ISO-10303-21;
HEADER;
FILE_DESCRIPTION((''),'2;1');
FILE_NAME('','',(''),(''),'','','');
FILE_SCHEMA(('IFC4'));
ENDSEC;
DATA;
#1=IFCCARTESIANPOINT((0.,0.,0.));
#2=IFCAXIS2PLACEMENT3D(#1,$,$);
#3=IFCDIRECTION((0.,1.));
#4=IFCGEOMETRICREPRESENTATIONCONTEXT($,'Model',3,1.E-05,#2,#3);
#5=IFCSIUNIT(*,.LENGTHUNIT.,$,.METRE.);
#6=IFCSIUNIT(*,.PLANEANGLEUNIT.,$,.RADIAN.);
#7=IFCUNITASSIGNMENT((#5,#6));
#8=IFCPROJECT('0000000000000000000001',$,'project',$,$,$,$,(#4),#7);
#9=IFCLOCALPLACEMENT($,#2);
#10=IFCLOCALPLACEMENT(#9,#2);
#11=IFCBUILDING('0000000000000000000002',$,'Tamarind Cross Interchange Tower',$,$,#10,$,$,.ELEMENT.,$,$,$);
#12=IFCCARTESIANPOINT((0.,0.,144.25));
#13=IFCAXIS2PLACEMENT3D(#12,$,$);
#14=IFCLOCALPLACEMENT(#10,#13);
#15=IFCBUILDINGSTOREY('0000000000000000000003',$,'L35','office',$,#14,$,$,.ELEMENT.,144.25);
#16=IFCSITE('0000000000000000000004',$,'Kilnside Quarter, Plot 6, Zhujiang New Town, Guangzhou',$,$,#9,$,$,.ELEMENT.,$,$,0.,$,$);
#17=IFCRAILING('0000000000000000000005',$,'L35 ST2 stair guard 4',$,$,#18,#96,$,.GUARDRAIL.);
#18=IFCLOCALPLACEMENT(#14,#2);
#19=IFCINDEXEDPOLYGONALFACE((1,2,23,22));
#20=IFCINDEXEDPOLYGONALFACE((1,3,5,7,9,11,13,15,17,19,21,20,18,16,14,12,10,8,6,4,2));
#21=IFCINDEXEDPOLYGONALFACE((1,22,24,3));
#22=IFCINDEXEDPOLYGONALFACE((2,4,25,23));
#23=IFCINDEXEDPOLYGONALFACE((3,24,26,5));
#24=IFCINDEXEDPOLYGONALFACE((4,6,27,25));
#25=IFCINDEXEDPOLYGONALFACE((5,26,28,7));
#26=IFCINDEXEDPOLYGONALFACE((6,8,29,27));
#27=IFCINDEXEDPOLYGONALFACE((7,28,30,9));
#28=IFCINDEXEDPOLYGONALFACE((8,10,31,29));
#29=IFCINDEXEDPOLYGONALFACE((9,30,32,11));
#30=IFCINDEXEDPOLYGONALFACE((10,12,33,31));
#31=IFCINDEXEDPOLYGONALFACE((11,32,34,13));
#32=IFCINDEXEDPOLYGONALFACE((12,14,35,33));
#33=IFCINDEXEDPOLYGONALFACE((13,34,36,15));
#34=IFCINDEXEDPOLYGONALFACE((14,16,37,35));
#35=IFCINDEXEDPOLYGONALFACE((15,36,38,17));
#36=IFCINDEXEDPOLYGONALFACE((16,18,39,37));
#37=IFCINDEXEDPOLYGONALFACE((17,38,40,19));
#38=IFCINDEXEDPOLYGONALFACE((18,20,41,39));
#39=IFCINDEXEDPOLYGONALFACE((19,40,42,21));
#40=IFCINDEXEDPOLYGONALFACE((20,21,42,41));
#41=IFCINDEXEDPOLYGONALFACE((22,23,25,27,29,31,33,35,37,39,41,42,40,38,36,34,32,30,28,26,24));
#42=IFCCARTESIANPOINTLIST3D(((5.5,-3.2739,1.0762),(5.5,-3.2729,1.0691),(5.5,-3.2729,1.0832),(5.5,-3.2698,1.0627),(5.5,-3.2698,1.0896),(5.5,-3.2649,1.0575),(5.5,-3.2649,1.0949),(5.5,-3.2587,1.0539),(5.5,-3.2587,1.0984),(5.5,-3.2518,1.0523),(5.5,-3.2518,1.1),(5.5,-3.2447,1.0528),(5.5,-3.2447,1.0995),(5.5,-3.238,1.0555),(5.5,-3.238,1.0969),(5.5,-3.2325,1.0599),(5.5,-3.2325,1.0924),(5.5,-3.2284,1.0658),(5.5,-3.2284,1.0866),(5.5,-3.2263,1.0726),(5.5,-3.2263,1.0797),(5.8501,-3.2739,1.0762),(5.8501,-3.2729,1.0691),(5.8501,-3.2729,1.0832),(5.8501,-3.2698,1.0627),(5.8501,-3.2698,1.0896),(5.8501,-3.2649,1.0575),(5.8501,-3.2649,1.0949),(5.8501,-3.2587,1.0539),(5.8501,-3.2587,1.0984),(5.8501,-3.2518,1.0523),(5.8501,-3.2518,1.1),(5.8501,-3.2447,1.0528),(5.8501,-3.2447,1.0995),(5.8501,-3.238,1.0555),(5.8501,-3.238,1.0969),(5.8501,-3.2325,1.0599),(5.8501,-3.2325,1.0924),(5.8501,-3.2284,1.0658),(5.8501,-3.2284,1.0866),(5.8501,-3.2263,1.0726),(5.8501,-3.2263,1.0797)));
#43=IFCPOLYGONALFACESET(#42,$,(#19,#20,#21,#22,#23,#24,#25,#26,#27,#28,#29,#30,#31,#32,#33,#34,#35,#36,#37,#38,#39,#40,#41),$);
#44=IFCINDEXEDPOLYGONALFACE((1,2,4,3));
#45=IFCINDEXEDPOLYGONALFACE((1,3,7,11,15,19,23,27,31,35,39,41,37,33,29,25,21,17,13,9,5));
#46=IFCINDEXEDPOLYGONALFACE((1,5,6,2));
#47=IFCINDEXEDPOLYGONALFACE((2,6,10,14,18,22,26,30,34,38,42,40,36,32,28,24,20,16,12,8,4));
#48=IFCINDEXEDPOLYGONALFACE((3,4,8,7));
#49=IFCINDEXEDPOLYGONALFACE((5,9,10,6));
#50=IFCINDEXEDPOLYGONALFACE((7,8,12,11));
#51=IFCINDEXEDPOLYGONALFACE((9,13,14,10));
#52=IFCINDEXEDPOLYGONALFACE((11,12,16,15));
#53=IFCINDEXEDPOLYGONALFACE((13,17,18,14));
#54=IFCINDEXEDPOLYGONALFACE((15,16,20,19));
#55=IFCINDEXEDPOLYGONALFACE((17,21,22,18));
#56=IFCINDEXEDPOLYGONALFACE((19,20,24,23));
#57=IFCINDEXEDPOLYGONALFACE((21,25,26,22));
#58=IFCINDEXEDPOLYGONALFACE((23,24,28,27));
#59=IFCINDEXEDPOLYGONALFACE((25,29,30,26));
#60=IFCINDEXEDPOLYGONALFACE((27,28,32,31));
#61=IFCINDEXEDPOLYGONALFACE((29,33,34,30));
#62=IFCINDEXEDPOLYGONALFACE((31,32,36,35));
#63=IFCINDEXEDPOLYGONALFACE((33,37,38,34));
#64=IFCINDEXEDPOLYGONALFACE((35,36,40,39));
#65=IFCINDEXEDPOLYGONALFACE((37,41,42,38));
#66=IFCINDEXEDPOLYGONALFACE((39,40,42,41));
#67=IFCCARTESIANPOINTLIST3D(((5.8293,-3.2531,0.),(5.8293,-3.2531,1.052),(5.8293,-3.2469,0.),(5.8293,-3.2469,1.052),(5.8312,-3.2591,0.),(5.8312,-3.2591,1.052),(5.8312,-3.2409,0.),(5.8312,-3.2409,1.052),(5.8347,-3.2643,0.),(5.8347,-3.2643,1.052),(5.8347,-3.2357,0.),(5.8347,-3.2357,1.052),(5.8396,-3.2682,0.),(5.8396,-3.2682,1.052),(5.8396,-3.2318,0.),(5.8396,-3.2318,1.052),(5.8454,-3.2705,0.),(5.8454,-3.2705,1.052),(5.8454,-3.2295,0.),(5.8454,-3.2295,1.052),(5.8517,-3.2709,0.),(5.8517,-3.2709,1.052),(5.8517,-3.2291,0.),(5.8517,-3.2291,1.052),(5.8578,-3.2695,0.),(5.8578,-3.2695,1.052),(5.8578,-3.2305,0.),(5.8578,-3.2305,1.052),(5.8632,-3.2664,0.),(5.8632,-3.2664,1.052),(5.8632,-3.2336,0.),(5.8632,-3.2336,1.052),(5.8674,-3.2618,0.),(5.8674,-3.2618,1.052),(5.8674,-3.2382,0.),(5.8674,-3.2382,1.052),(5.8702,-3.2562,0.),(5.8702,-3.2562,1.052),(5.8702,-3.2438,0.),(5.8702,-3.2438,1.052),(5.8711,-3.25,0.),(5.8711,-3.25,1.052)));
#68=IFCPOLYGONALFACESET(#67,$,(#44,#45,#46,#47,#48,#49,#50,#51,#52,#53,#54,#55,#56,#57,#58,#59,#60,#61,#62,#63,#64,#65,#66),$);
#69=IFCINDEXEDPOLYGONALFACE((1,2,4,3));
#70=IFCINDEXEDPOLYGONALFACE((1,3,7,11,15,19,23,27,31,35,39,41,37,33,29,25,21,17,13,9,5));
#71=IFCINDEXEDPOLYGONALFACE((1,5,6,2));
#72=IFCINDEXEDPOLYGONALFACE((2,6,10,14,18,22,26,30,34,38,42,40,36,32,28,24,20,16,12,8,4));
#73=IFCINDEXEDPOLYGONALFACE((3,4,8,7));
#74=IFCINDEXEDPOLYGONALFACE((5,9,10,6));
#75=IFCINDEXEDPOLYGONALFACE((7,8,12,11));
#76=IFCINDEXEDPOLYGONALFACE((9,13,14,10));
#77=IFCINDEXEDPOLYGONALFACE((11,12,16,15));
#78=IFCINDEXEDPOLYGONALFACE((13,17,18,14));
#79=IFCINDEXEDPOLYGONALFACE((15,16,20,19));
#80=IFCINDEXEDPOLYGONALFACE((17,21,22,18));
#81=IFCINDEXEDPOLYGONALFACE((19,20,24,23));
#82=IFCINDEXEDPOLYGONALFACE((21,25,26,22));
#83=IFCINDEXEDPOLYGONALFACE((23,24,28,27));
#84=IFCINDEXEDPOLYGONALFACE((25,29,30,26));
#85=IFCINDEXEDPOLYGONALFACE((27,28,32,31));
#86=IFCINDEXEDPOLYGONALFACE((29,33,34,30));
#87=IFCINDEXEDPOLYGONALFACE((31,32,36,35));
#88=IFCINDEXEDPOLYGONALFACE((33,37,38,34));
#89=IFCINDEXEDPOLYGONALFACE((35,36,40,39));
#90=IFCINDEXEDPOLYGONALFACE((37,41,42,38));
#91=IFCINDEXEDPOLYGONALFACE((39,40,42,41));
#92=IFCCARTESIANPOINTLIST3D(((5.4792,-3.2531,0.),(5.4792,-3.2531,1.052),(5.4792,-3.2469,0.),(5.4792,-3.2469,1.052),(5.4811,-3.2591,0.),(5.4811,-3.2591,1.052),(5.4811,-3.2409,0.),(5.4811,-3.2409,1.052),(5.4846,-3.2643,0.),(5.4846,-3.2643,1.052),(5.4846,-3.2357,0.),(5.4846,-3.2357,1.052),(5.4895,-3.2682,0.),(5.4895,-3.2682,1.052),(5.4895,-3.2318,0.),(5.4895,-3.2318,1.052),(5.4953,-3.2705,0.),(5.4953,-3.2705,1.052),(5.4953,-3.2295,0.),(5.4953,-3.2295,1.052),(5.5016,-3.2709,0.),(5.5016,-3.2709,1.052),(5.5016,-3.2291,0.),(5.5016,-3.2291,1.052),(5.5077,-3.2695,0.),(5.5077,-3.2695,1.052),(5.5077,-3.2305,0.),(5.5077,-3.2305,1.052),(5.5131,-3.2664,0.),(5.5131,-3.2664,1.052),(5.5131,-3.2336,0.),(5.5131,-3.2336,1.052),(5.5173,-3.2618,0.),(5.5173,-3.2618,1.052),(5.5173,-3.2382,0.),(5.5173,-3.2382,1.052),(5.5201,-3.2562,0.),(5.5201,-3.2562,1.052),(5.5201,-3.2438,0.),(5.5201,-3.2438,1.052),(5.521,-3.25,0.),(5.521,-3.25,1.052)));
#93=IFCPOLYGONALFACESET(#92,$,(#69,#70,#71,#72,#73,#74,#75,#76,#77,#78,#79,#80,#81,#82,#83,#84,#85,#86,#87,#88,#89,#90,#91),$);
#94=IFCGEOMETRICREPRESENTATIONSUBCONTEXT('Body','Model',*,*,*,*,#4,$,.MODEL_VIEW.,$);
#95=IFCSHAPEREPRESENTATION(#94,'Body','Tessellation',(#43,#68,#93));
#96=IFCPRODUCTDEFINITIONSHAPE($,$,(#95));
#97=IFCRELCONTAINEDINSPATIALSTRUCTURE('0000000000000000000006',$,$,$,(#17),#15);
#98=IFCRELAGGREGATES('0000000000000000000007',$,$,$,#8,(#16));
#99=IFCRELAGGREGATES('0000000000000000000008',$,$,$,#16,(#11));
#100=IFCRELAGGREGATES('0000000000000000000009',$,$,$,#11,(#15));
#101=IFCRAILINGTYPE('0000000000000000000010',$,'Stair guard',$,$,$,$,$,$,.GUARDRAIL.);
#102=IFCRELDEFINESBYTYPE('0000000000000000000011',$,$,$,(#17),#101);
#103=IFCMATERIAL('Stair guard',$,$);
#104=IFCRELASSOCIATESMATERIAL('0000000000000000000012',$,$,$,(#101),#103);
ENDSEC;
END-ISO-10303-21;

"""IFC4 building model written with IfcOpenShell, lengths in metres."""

from ifc_helpers import new_model, si_unit, direction, frame, origin, origin_2d, place, context, subcontext, project, spatial, circle, extrude, material, type_object, element, save


model = new_model("IFC4")

# Units and contexts
model_context = context("Model", 3, precision=1e-05, world=origin(), true_north=direction((0.0, 1.0)))
body_context = subcontext(model_context, "Body", "Model", "MODEL_VIEW")
ifc_project = project(units=[si_unit("LENGTHUNIT", "METRE"), si_unit("PLANEANGLEUNIT", "RADIAN")], contexts=[model_context])

# Site, building, storey
site_placement = place(None, origin())
site = spatial("IfcSite", under=ifc_project, at=site_placement, Name="Kilnside Quarter, Plot 6, Zhujiang New Town, Guangzhou", CompositionType="ELEMENT", RefElevation=0.0)
building_placement = place(site_placement, origin())
building = spatial("IfcBuilding", under=site, at=building_placement, Name="Tamarind Cross Interchange Tower", CompositionType="ELEMENT")
storey_placement = place(building_placement, frame((0.0, 0.0, 144.25)))
storey = spatial("IfcBuildingStorey", under=building, at=storey_placement, Name="L35", Description="office", CompositionType="ELEMENT", Elevation=144.25)

# Railing
ifc_material_1 = material(Name="Stair guard")
railing_type_1 = type_object("IfcRailingType", Name="Stair guard", PredefinedType="GUARDRAIL", material=ifc_material_1)
railing_1_placement = place(storey_placement, frame((5.8501, -3.25, 0.0)))
element("IfcRailing", 1, at=railing_1_placement, inside=storey, type_object=railing_type_1, Name="L35 ST2 stair guard 4", PredefinedType="GUARDRAIL", context=body_context, shape_type="SweptSolid", body=[
    extrude(circle(Radius=0.0239, at=origin_2d()), frame((0.0, 0.0, 1.0762), z_axis=(-1.0, 0.0, 0.0), x_axis=(0.0, -1.0, 0.0)), (0.0, 0.0, 1.0), 0.3501),
    extrude(circle(Radius=0.021, at=origin_2d()), origin(), (0.0, 0.0, 1.0), 1.052),
    extrude(circle(Radius=0.021, at=origin_2d()), frame((-0.3501, 0.0, 0.0)), (0.0, 0.0, 1.0), 1.052),
])

save(model, "model.ifc")
